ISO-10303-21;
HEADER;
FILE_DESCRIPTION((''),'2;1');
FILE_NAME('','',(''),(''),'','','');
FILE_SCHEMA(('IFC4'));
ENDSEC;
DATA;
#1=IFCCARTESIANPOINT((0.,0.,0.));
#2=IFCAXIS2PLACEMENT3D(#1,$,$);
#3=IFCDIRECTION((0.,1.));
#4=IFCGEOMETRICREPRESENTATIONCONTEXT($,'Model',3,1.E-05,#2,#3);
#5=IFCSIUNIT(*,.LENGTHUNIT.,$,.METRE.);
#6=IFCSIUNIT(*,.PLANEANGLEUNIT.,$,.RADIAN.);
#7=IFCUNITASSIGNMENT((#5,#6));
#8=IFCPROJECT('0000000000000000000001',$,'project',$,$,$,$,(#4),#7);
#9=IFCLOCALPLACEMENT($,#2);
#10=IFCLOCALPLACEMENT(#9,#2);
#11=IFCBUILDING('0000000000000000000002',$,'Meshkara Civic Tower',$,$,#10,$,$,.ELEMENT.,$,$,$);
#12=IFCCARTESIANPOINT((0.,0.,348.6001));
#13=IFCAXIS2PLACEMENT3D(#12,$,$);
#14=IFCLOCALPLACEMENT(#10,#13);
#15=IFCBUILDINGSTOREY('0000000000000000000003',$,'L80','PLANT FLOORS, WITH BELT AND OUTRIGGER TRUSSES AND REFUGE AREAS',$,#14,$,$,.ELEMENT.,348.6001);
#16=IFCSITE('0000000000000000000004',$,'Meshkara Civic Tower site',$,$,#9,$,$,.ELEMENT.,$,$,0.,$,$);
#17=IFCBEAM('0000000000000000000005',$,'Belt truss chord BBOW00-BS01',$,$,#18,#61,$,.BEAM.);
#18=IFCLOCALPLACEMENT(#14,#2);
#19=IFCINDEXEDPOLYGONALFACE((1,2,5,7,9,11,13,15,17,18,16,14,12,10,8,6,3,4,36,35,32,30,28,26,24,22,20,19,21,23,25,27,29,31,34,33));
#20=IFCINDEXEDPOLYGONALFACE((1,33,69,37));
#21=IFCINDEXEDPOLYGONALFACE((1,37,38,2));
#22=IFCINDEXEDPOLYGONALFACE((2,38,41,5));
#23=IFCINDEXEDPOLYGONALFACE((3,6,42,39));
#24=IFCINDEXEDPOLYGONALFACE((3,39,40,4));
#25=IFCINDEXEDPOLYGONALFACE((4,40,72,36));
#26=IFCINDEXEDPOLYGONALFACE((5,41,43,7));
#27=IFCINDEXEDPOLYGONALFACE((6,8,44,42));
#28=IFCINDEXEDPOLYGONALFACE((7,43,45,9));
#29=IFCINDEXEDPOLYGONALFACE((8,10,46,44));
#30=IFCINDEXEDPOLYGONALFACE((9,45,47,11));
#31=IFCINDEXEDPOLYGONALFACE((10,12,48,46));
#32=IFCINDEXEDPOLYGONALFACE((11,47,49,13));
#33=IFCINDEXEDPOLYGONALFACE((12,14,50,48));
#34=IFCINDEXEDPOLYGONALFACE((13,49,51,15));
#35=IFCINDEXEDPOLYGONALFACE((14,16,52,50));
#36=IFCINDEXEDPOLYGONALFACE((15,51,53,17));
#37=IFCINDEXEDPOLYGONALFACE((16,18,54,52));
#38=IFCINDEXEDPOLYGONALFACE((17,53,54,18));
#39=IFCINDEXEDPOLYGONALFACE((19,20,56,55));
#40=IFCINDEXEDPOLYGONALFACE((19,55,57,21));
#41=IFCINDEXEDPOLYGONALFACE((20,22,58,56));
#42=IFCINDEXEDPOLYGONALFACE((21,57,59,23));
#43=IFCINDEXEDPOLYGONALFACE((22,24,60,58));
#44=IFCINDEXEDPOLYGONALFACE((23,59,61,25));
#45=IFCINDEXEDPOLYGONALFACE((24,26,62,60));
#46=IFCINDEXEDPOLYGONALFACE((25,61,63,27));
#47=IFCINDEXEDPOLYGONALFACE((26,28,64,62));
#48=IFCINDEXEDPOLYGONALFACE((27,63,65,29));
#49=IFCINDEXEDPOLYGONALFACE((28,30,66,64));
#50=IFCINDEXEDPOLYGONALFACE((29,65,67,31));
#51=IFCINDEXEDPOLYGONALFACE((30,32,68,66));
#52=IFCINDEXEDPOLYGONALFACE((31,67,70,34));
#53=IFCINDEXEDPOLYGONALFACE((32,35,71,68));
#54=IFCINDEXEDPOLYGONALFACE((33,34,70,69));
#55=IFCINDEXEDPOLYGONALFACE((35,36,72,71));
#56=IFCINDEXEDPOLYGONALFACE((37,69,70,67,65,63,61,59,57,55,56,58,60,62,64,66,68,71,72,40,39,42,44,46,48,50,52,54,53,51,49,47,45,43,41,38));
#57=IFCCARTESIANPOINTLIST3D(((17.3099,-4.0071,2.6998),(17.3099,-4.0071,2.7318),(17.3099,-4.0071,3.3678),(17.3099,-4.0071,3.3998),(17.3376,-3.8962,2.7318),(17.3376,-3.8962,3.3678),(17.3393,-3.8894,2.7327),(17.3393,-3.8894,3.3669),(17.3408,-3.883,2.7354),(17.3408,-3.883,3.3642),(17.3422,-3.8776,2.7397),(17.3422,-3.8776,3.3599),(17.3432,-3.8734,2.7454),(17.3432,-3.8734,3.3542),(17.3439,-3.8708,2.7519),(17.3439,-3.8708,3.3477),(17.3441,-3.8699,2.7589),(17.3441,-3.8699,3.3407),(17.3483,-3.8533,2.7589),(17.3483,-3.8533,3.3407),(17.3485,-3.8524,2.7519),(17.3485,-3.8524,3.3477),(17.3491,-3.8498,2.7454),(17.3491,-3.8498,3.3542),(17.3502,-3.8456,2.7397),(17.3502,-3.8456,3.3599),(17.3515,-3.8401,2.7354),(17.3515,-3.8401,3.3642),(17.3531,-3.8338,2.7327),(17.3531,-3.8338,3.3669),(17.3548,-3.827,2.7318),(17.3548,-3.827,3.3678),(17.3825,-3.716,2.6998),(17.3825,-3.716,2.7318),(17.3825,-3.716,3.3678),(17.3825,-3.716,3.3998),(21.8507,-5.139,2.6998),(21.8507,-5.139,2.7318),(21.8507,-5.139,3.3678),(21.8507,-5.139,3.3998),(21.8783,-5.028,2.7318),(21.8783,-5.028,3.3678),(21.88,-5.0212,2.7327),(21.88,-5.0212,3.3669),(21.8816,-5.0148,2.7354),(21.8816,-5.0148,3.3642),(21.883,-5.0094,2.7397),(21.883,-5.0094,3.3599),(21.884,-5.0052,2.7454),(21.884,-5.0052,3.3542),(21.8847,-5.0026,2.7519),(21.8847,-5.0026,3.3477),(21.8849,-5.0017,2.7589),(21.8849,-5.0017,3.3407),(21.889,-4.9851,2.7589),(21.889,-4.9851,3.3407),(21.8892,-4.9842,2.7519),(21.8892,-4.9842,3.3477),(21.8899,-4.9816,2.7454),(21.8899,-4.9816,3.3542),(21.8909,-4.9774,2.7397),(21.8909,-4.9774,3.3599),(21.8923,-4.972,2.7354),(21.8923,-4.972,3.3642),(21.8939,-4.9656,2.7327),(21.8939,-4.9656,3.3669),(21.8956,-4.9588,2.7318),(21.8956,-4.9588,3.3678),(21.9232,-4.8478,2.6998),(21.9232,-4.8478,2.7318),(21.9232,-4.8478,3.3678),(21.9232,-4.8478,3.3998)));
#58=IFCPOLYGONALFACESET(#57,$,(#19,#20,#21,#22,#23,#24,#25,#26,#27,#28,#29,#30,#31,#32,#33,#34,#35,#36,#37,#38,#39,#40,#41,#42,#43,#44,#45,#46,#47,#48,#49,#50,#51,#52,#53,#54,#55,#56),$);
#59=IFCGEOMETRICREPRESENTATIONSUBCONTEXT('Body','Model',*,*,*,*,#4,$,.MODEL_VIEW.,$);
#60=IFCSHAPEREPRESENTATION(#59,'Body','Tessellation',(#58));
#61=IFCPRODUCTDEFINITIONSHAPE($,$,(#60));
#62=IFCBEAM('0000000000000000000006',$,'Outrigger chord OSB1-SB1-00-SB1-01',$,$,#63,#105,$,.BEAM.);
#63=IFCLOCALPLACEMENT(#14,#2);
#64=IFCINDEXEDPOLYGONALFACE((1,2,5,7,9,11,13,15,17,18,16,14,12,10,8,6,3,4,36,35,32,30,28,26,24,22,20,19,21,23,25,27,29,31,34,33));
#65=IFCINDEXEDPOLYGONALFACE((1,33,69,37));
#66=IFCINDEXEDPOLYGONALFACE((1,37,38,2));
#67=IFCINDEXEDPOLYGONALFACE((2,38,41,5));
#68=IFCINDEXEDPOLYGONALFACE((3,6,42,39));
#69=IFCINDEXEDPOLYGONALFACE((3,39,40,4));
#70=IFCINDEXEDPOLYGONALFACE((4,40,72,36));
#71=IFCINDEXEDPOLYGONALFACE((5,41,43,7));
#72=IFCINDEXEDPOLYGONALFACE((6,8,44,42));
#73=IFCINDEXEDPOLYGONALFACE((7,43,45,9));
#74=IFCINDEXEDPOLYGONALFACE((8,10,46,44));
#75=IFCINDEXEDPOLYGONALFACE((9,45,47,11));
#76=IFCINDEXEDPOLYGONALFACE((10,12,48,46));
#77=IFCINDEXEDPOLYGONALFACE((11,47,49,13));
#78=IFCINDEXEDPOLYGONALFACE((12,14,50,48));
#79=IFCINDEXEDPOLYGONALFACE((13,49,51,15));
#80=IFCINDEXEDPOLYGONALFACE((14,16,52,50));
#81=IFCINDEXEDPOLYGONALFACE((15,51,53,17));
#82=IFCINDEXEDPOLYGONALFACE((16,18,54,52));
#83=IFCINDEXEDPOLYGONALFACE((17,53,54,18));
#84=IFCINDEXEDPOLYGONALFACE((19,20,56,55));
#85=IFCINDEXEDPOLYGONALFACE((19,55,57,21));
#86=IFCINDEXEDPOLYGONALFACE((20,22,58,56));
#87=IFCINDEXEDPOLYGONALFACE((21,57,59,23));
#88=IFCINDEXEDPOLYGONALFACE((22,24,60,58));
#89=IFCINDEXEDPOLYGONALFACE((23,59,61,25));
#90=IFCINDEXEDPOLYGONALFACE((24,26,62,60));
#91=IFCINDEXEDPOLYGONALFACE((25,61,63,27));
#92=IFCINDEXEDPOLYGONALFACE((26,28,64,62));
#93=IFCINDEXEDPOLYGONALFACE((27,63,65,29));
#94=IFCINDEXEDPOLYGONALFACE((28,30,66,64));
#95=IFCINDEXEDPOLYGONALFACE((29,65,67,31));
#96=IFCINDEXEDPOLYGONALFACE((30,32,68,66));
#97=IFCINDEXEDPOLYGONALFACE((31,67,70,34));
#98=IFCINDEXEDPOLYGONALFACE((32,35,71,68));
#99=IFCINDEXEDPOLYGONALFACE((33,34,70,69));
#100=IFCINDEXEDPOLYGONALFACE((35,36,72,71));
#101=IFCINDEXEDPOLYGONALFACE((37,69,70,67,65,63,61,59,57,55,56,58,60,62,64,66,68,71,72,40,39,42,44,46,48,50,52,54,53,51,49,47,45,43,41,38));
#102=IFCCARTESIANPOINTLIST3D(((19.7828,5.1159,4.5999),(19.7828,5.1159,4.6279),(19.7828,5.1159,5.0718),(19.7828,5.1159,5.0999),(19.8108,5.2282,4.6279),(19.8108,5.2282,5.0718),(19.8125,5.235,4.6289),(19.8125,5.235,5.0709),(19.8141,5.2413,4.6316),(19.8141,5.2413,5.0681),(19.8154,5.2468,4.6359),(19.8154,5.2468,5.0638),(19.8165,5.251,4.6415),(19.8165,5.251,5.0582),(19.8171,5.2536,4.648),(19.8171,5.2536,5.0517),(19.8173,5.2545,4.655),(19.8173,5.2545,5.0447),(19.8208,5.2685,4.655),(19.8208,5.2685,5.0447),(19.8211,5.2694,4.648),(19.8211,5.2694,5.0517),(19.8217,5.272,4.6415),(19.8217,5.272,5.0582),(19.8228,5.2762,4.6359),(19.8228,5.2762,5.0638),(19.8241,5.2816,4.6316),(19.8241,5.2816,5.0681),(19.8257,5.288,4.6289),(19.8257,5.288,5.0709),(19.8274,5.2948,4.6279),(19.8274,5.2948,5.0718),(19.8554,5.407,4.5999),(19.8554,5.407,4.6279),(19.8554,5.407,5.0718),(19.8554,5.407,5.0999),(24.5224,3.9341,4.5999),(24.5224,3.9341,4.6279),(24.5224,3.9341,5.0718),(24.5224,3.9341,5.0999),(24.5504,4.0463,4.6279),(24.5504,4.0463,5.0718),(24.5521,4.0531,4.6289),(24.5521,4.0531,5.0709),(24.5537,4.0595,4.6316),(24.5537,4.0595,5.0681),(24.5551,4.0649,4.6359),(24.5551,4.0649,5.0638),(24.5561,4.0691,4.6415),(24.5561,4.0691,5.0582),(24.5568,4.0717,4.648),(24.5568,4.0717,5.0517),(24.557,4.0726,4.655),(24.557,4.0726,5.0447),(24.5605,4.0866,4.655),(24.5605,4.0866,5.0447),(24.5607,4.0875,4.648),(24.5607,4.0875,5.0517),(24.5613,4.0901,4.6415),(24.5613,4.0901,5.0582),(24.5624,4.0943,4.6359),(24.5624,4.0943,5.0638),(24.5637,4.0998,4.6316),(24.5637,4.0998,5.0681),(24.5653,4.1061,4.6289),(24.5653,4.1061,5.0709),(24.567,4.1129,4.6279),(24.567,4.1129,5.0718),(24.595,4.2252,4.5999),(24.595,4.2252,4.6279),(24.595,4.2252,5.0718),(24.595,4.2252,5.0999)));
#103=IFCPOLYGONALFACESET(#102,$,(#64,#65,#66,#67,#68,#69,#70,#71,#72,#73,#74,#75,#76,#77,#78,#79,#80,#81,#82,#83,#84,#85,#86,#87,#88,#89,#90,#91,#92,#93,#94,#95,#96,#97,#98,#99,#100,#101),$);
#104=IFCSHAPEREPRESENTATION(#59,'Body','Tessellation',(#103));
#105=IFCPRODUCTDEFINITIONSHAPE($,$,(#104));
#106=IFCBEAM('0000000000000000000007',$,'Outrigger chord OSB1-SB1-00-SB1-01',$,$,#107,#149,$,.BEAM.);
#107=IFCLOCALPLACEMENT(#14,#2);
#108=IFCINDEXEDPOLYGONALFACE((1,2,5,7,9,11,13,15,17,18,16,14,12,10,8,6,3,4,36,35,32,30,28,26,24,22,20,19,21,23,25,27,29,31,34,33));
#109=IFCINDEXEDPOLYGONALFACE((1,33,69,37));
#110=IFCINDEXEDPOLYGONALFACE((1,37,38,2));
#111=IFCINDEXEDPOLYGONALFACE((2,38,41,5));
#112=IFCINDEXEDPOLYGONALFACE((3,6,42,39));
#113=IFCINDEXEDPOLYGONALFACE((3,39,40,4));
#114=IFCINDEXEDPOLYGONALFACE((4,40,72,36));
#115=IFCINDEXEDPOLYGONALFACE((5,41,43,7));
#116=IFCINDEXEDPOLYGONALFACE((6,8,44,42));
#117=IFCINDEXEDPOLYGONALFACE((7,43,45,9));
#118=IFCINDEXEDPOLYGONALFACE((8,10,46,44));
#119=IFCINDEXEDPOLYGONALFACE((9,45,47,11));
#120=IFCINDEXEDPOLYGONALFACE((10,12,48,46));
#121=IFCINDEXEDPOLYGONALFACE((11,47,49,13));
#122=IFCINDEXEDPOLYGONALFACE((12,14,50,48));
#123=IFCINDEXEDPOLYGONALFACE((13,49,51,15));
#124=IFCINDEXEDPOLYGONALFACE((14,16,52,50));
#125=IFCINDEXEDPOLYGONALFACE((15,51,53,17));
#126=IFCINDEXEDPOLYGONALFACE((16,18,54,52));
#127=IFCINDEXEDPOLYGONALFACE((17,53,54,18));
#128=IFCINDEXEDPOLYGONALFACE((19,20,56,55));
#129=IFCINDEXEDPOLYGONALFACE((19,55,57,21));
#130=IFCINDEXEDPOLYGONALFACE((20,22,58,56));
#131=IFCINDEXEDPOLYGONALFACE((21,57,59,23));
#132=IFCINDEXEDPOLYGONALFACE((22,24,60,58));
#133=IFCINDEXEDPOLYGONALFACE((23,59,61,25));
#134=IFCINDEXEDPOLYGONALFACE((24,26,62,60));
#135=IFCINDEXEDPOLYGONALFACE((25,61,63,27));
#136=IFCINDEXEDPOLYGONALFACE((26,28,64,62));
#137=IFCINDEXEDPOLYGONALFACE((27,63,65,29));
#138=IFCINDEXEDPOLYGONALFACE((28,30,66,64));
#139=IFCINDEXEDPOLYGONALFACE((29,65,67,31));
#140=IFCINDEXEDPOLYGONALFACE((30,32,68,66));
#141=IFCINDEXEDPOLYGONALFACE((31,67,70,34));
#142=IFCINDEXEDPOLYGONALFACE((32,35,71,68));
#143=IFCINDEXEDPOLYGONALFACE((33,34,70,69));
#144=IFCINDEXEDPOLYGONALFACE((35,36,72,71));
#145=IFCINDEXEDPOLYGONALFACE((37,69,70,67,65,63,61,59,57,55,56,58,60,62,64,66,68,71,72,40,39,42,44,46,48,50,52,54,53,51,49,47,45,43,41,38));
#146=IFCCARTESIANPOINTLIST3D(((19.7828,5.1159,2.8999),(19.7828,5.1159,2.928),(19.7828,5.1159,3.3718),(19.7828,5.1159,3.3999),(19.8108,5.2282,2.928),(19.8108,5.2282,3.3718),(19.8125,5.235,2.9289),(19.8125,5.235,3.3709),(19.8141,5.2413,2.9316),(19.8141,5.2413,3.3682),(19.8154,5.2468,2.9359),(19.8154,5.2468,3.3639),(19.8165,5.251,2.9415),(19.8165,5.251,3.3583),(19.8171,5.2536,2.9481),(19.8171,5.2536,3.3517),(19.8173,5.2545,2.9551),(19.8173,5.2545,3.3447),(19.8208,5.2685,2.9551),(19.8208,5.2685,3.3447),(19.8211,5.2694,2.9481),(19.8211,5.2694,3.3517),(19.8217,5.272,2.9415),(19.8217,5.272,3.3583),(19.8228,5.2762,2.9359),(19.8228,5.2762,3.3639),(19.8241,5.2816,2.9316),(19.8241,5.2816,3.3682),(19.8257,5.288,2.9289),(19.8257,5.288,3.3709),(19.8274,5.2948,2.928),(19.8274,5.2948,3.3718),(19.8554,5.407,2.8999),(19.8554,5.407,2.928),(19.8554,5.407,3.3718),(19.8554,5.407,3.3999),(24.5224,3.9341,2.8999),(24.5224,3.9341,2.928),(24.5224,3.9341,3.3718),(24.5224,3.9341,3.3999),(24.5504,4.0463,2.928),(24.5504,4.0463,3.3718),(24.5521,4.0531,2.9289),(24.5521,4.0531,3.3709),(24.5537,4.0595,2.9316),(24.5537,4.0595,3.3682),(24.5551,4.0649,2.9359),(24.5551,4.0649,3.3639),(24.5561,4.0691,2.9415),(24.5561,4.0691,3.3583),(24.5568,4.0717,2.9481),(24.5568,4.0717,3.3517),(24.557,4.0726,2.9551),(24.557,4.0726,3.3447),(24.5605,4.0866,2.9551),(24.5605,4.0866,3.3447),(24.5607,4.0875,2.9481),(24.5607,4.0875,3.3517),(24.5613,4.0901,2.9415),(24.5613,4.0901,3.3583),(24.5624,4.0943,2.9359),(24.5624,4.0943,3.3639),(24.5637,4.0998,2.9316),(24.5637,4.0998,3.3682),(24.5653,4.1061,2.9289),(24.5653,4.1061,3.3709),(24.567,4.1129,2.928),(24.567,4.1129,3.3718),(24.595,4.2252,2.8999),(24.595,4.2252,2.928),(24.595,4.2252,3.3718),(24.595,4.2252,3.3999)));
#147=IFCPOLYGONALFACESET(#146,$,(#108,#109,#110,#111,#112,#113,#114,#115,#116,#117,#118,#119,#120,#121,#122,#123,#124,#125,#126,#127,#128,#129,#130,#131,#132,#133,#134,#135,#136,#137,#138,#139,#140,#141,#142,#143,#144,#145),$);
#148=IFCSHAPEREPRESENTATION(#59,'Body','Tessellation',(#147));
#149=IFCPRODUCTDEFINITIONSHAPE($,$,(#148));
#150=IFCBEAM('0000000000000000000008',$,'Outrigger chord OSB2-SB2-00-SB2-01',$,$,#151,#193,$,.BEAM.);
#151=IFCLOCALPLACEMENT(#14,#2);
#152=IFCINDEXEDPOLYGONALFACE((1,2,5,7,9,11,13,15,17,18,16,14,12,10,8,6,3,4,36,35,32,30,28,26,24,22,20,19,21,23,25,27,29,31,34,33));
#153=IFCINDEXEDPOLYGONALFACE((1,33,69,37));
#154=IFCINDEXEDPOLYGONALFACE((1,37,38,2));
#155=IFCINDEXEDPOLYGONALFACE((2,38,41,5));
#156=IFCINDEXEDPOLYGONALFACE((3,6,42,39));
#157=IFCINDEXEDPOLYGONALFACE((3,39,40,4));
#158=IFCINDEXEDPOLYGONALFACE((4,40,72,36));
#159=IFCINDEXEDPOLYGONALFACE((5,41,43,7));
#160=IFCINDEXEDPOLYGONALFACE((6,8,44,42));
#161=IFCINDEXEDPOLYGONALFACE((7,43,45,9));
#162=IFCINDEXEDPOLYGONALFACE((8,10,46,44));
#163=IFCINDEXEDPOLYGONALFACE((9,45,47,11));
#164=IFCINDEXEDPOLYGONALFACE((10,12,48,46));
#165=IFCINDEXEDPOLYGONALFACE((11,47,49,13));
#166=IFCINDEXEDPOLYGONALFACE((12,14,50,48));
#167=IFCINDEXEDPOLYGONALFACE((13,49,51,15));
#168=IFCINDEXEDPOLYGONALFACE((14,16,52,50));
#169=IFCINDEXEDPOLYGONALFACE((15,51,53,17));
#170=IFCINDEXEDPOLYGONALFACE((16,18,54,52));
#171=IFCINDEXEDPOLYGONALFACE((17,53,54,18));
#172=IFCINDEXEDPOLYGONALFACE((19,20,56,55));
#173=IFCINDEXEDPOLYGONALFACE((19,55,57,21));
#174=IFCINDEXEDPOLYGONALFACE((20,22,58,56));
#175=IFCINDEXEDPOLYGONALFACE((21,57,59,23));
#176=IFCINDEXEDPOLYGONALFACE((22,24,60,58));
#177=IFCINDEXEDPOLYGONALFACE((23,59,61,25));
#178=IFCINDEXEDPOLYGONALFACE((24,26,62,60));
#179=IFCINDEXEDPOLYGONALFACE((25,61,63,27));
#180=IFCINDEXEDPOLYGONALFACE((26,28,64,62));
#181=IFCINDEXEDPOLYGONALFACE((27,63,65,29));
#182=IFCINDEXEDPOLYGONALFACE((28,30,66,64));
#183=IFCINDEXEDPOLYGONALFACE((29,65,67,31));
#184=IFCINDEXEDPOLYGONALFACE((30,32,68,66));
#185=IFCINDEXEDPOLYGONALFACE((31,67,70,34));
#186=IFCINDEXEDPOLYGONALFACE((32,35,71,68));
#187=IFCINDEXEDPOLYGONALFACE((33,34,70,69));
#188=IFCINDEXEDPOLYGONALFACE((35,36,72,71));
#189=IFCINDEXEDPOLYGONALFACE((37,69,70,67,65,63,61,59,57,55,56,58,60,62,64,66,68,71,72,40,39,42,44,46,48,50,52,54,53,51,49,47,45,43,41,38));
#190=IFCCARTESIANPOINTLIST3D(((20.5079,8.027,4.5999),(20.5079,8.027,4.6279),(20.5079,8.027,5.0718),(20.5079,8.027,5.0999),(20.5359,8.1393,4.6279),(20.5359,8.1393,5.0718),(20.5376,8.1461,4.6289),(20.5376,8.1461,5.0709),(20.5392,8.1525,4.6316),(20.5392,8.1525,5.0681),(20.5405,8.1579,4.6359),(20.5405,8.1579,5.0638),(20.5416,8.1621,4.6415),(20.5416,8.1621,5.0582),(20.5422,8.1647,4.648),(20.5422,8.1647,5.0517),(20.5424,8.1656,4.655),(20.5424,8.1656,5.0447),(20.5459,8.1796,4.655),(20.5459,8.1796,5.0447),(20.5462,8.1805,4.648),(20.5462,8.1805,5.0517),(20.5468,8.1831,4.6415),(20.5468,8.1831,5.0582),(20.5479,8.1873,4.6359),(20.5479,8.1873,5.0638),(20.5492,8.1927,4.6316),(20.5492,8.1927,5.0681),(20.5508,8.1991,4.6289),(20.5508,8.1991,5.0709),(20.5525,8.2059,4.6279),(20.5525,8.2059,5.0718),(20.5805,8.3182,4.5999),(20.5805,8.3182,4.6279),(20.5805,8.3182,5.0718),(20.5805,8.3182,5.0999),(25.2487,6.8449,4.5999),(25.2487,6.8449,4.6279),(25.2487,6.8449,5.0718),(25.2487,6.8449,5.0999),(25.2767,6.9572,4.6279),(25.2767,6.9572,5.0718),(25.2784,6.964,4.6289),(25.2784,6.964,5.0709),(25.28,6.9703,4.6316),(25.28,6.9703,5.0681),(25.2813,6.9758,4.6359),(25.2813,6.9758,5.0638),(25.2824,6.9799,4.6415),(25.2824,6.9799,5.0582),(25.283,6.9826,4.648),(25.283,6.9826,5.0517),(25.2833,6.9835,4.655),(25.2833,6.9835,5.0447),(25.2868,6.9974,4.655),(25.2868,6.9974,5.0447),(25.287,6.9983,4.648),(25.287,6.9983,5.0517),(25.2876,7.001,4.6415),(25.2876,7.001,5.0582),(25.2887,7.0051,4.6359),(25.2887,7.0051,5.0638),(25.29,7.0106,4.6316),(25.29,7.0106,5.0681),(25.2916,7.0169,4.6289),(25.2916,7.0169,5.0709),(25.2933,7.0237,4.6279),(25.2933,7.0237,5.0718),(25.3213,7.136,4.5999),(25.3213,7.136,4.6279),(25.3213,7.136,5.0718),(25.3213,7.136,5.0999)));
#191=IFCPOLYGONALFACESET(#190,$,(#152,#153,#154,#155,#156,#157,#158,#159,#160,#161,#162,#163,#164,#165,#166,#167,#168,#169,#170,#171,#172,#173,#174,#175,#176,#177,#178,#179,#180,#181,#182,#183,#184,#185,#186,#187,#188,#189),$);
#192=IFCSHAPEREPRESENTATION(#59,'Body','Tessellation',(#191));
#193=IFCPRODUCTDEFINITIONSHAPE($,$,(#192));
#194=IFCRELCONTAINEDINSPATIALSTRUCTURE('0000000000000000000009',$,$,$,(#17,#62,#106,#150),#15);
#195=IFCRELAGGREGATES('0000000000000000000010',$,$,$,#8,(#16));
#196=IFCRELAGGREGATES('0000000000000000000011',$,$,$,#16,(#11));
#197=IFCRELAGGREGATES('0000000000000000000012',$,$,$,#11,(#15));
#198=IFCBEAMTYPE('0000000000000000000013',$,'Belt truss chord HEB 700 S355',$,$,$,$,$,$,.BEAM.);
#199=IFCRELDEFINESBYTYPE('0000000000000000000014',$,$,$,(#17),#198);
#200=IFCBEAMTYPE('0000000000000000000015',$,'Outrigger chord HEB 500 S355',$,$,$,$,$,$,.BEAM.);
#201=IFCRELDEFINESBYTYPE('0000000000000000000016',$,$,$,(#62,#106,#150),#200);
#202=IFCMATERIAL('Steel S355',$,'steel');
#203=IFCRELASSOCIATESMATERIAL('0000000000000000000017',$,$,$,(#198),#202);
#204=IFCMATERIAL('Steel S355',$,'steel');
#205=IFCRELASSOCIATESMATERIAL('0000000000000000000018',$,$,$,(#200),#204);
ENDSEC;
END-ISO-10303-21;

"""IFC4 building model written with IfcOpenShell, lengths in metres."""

from ifc_helpers import new_model, si_unit, direction, frame, origin, origin_2d, place, context, subcontext, project, spatial, i_section, extrude, material, material_profile, profile_set, type_object, element, save


model = new_model("IFC4")

# Units and contexts
model_context = context("Model", 3, precision=1e-05, world=origin(), true_north=direction((0.0, 1.0)))
body_context = subcontext(model_context, "Body", "Model", "MODEL_VIEW")
ifc_project = project(units=[si_unit("LENGTHUNIT", "METRE"), si_unit("PLANEANGLEUNIT", "RADIAN")], contexts=[model_context])

# Site, building, storey
site_placement = place(None, origin())
site = spatial("IfcSite", under=ifc_project, at=site_placement, Name="Meshkara Civic Tower site", CompositionType="ELEMENT", RefElevation=0.0)
building_placement = place(site_placement, origin())
building = spatial("IfcBuilding", under=site, at=building_placement, Name="Meshkara Civic Tower", CompositionType="ELEMENT")
storey_placement = place(building_placement, frame((0.0, 0.0, 348.6001)))
storey = spatial("IfcBuildingStorey", under=building, at=storey_placement, Name="L80", Description="PLANT FLOORS, WITH BELT AND OUTRIGGER TRUSSES AND REFUGE AREAS", CompositionType="ELEMENT", Elevation=348.6001)

# Beams
ifc_material_1 = material(Name="Steel S355", Category="steel")
ifc_material_profile_1 = material_profile(ifc_material_1, i_section(OverallWidth=0.3, OverallDepth=0.7, WebThickness=0.0171, FlangeThickness=0.032, FilletRadius=0.0271, at=origin_2d()))
ifc_profile_set_1 = profile_set([ifc_material_profile_1], Name="Steel S355")
beam_type_1 = type_object("IfcBeamType", Name="Belt truss chord HEB 700 S355", PredefinedType="BEAM", material=ifc_profile_set_1)
for number, where, z_axis, x_axis, name in (
    (1, (17.3462, -3.8616, 3.0498), (0.970311, -0.24186, 0.0), (0.24186, 0.970311, 0.0), "Belt truss chord BBOW00-BS01"),
):
    element("IfcBeam", number, at=place(storey_placement, frame(where, z_axis=z_axis, x_axis=x_axis)), inside=storey, type_object=beam_type_1, Name=name, PredefinedType="BEAM", context=body_context, shape_type="SweptSolid", body=[
        extrude(i_section(OverallWidth=0.3, OverallDepth=0.7, WebThickness=0.0171, FlangeThickness=0.032, FilletRadius=0.0271, at=origin_2d()), origin(), (0.0, 0.0, 1.0), 4.6797),
    ])
ifc_material_2 = material(Name="Steel S355", Category="steel")
ifc_material_profile_2 = material_profile(ifc_material_2, i_section(OverallWidth=0.3, OverallDepth=0.5, WebThickness=0.0144, FlangeThickness=0.0281, FilletRadius=0.0271, at=origin_2d()))
ifc_profile_set_2 = profile_set([ifc_material_profile_2], Name="Steel S355")
beam_type_2 = type_object("IfcBeamType", Name="Outrigger chord HEB 500 S355", PredefinedType="BEAM", material=ifc_profile_set_2)
for number, where, z_axis, x_axis, name in (
    (2, (19.8191, 5.2615, 4.8499), (0.970289, -0.241948, 0.0), (0.241948, 0.970289, 0.0), "Outrigger chord OSB1-SB1-00-SB1-01"),
    (3, (19.8191, 5.2615, 3.1499), (0.970289, -0.241948, 0.0), (0.241948, 0.970289, 0.0), "Outrigger chord OSB1-SB1-00-SB1-01"),
):
    element("IfcBeam", number, at=place(storey_placement, frame(where, z_axis=z_axis, x_axis=x_axis)), inside=storey, type_object=beam_type_2, Name=name, PredefinedType="BEAM", context=body_context, shape_type="SweptSolid", body=[
        extrude(i_section(OverallWidth=0.3, OverallDepth=0.5, WebThickness=0.0144, FlangeThickness=0.0281, FilletRadius=0.0271, at=origin_2d()), origin(), (0.0, 0.0, 1.0), 4.8848),
    ])
for number, where, z_axis, x_axis, name in (
    (4, (20.5442, 8.1726, 4.8499), (0.970289, -0.241948, 0.0), (0.241948, 0.970289, 0.0), "Outrigger chord OSB2-SB2-00-SB2-01"),
):
    element("IfcBeam", number, at=place(storey_placement, frame(where, z_axis=z_axis, x_axis=x_axis)), inside=storey, type_object=beam_type_2, Name=name, PredefinedType="BEAM", context=body_context, shape_type="SweptSolid", body=[
        extrude(i_section(OverallWidth=0.3, OverallDepth=0.5, WebThickness=0.0144, FlangeThickness=0.0281, FilletRadius=0.0271, at=origin_2d()), origin(), (0.0, 0.0, 1.0), 4.886),
    ])

save(model, "model.ifc")
